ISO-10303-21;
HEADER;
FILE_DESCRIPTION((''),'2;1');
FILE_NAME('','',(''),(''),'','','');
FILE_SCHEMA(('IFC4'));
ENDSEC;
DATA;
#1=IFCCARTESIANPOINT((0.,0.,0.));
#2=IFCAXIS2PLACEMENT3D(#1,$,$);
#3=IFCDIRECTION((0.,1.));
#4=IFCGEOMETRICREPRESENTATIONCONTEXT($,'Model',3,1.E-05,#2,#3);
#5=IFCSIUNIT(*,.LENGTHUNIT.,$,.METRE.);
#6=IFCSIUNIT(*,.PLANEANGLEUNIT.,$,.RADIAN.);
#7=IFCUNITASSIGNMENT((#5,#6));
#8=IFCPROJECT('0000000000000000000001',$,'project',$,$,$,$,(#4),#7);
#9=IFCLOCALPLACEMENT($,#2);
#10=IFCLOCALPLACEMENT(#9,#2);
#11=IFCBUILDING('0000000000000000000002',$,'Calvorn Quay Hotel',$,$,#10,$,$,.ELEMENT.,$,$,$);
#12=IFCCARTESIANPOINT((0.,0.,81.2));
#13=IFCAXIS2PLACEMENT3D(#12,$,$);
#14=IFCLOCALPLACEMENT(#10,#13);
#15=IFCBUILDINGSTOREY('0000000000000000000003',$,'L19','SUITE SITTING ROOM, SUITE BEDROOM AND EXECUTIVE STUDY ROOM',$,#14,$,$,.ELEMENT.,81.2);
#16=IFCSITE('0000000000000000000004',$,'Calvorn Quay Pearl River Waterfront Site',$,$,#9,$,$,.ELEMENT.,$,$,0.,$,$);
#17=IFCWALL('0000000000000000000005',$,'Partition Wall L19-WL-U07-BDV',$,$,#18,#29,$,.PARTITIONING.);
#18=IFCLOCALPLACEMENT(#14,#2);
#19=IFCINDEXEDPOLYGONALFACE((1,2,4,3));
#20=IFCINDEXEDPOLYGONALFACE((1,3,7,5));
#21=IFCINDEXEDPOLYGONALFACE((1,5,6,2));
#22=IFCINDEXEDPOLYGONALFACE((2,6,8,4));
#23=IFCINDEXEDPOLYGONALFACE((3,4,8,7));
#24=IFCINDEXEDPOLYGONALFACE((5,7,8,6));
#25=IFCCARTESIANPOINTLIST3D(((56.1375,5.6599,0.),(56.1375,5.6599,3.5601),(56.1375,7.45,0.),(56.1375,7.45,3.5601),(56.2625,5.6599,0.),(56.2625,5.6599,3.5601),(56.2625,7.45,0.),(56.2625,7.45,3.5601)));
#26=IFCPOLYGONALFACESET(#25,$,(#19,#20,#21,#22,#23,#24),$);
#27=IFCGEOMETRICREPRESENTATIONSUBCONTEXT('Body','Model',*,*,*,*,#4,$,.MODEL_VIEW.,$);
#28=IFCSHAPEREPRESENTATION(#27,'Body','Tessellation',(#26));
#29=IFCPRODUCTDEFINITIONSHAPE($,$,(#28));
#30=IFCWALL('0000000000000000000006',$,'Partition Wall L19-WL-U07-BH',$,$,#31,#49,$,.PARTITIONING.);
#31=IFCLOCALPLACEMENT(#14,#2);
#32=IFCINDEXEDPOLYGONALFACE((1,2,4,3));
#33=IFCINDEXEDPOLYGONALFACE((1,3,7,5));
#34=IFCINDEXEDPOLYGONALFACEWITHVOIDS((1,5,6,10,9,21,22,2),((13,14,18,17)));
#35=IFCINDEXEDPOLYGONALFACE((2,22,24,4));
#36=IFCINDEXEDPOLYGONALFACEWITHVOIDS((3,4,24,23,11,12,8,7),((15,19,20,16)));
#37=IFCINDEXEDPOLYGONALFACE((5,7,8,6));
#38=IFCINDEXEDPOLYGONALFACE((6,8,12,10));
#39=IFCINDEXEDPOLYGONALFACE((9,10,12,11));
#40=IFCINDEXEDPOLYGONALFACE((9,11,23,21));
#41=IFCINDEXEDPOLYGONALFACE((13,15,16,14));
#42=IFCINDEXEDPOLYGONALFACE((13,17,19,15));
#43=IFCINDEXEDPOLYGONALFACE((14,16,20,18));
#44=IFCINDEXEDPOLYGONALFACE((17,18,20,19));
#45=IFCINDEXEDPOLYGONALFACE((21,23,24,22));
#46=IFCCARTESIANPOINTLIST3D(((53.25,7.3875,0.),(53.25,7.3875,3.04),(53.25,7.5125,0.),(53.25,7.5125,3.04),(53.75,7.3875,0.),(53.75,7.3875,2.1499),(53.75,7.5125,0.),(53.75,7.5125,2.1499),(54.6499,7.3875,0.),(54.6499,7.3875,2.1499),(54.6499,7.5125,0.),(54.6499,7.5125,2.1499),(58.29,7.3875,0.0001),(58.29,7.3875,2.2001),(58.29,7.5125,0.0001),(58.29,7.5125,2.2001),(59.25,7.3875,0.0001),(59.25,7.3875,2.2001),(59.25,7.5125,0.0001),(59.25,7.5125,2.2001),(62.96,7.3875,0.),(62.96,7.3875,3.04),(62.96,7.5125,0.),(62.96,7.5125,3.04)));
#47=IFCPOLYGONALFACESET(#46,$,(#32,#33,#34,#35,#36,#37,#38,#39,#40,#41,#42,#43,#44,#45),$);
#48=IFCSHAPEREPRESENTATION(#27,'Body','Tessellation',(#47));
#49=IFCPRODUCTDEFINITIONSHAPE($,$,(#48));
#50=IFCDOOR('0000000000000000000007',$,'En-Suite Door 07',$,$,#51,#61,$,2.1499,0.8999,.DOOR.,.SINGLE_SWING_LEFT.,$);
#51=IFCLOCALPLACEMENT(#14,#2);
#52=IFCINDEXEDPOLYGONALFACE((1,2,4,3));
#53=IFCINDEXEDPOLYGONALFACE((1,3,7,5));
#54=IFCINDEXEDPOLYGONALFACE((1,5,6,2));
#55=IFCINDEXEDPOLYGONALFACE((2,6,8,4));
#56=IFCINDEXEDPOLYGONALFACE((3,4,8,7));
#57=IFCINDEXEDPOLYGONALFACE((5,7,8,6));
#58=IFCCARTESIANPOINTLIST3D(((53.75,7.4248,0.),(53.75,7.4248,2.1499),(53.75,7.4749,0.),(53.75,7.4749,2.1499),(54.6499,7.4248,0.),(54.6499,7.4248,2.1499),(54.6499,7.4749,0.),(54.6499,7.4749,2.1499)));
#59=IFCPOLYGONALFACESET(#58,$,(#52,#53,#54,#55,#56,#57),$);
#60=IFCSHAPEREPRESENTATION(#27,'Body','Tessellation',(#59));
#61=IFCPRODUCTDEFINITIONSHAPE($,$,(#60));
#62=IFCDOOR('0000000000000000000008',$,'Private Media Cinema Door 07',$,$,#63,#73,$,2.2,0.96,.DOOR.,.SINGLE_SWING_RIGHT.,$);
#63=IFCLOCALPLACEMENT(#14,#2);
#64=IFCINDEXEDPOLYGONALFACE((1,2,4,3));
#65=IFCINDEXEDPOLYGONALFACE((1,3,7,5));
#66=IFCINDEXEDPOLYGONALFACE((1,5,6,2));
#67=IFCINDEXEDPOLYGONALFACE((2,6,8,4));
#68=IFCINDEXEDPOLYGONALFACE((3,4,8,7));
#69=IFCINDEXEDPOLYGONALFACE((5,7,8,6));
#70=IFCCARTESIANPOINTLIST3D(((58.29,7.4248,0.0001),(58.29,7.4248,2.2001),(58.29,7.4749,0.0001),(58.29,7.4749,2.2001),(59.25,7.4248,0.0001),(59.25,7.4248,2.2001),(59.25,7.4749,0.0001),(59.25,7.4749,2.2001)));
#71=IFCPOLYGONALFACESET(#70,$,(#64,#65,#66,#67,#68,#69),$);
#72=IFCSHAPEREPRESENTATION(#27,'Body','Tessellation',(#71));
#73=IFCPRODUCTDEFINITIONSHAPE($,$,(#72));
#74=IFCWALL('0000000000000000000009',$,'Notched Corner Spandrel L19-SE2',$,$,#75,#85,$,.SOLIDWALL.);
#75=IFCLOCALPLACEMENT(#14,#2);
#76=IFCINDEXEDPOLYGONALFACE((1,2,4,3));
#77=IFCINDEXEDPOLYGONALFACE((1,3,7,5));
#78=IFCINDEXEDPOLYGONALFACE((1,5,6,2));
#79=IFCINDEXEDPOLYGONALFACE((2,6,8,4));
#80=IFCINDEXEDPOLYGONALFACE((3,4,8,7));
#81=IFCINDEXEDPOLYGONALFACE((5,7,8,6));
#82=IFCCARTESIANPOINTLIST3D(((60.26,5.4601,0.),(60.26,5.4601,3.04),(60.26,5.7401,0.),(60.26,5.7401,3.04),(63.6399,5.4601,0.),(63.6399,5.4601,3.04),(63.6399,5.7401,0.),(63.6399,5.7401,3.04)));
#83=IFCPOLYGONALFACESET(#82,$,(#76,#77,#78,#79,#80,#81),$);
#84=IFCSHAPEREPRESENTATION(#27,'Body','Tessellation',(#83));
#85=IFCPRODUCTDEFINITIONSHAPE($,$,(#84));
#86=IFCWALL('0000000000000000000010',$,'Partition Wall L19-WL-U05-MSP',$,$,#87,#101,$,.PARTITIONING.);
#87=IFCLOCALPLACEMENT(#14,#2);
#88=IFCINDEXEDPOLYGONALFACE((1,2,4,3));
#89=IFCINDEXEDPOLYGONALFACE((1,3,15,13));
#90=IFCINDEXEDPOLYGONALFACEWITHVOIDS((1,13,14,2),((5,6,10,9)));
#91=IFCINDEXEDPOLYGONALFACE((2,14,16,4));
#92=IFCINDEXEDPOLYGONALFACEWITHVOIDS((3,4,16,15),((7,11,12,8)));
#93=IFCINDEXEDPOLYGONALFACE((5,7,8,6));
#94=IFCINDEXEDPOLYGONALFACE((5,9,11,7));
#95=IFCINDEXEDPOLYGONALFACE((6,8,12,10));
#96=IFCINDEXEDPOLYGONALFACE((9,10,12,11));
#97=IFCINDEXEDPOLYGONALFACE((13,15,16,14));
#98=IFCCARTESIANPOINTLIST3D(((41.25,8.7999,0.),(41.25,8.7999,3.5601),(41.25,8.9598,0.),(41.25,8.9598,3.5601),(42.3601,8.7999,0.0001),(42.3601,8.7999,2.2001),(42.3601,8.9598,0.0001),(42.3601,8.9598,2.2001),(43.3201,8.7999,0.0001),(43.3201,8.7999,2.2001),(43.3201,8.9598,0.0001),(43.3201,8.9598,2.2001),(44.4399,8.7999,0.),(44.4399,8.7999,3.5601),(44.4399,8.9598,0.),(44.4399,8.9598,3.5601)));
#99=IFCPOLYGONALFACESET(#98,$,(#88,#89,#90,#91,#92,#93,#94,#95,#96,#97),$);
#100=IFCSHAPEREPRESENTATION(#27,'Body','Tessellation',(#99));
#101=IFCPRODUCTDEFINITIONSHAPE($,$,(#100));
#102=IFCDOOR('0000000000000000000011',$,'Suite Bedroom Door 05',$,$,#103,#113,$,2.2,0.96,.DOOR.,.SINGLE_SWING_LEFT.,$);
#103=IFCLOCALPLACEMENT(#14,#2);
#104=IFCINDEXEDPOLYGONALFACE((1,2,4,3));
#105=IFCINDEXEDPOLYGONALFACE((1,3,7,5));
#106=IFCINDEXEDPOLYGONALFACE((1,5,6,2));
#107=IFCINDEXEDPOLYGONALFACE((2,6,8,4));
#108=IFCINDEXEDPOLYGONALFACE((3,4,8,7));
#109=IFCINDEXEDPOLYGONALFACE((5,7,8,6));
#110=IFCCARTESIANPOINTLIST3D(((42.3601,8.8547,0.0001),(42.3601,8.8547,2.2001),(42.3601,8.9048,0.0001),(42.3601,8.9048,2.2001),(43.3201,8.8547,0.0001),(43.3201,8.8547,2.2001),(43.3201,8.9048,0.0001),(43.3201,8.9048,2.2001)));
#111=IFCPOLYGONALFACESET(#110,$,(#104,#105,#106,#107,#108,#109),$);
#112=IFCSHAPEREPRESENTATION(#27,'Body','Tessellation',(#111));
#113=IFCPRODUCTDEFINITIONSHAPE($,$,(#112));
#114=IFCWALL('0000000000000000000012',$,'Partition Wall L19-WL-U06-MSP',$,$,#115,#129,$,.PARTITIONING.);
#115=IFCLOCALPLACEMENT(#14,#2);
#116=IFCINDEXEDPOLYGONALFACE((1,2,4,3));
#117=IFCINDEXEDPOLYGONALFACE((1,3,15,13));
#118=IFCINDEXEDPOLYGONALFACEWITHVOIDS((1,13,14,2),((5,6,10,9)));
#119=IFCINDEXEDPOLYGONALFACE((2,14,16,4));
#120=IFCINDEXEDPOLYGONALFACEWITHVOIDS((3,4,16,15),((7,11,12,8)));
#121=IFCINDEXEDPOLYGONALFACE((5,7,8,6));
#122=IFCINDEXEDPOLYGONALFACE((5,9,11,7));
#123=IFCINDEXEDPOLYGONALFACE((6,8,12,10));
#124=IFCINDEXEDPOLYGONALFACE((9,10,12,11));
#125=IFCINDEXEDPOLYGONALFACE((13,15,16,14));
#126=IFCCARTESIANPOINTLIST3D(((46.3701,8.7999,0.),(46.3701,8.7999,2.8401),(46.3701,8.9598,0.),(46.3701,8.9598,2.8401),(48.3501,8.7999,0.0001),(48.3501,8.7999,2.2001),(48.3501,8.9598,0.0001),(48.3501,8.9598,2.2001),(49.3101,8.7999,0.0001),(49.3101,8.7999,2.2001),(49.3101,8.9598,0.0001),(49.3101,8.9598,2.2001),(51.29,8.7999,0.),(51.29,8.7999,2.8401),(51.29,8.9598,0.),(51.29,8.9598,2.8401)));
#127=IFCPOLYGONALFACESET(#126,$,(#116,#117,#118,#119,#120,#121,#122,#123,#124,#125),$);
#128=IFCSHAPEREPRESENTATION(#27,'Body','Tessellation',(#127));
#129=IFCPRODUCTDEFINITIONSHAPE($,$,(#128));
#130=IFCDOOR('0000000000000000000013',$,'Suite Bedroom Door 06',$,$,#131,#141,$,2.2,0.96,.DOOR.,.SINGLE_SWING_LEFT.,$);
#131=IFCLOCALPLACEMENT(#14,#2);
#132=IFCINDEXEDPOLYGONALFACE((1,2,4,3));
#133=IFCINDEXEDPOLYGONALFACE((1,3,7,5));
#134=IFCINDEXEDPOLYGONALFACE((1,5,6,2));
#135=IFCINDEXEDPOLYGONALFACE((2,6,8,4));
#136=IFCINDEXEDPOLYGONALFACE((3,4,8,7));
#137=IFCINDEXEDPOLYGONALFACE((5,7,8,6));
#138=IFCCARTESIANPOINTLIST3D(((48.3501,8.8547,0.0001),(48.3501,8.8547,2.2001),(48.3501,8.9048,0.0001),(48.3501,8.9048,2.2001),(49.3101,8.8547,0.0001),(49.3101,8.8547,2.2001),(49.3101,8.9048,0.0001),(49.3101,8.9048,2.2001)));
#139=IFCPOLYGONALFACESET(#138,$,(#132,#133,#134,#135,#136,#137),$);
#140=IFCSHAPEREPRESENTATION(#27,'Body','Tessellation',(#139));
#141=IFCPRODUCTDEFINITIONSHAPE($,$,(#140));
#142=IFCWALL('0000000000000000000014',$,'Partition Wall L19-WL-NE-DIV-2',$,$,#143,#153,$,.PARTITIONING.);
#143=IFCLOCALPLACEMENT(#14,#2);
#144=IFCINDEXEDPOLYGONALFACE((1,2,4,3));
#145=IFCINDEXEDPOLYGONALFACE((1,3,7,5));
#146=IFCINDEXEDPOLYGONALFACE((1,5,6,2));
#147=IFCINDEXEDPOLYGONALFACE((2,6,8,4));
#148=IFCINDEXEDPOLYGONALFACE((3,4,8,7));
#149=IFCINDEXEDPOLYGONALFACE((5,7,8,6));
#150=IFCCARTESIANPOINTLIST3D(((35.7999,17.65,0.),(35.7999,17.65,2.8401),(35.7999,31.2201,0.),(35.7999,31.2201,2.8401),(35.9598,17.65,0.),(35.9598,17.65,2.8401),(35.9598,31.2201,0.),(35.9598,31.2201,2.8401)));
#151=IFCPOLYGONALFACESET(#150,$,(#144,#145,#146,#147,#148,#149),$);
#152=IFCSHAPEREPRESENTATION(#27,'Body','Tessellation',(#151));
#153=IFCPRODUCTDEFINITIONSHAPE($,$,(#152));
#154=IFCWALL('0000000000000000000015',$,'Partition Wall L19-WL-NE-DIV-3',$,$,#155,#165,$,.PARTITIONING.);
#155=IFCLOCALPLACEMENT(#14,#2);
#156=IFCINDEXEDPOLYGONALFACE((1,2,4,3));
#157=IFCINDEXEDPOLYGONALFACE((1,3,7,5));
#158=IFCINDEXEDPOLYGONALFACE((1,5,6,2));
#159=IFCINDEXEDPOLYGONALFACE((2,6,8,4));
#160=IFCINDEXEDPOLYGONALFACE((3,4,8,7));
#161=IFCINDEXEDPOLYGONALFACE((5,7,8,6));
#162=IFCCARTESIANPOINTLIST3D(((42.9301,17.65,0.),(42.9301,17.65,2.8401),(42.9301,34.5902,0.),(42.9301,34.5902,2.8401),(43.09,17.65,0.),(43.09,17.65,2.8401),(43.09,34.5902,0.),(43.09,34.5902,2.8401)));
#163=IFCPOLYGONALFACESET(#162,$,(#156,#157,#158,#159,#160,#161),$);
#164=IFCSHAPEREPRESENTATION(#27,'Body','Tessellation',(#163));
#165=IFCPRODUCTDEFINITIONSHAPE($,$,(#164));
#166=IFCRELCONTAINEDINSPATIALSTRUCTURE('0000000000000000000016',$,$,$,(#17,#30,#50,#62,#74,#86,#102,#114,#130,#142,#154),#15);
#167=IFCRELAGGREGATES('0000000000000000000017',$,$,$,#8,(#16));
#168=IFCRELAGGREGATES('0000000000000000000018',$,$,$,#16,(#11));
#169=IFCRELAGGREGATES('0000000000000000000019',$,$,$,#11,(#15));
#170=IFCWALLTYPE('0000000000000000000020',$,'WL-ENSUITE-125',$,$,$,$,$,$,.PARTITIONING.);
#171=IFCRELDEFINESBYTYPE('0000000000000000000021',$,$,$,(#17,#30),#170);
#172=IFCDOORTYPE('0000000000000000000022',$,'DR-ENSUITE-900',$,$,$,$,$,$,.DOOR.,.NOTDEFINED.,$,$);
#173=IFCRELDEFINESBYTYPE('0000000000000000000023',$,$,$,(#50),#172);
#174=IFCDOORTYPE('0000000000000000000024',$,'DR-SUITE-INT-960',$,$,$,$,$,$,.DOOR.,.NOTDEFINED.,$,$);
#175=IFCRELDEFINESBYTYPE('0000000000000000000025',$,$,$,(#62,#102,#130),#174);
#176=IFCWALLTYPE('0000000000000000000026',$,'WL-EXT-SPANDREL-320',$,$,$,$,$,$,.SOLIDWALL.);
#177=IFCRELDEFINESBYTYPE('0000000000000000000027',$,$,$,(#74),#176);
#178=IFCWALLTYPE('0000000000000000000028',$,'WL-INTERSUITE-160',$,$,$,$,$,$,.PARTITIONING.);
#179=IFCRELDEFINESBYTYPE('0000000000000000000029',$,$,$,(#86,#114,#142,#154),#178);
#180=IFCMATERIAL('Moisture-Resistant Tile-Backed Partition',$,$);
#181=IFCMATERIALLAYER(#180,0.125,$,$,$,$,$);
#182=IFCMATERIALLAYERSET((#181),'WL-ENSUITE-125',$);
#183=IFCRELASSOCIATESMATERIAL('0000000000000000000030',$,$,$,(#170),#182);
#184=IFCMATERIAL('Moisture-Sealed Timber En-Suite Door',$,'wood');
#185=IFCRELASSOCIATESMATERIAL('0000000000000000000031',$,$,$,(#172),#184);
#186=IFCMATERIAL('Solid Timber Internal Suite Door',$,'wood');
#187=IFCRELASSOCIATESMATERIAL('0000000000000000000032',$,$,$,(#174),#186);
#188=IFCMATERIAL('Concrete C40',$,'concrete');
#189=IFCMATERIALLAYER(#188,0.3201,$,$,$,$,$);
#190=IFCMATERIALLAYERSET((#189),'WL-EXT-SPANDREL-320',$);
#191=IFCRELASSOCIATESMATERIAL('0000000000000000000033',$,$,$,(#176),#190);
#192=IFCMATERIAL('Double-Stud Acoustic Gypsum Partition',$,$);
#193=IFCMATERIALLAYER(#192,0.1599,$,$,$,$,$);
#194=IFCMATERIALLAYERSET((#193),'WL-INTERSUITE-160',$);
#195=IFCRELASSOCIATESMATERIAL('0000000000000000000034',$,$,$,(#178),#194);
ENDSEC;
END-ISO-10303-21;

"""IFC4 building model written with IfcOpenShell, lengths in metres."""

from ifc_helpers import new_model, si_unit, direction, frame, frame_2d, origin, place, context, subcontext, project, spatial, rectangle, extrude, material, layer, layer_set, type_object, element, fill, save


model = new_model("IFC4")

# Units and contexts
model_context = context("Model", 3, precision=1e-05, world=origin(), true_north=direction((0.0, 1.0)))
body_context = subcontext(model_context, "Body", "Model", "MODEL_VIEW")
ifc_project = project(units=[si_unit("LENGTHUNIT", "METRE"), si_unit("PLANEANGLEUNIT", "RADIAN")], contexts=[model_context])

# Site, building, storey
site_placement = place(None, origin())
site = spatial("IfcSite", under=ifc_project, at=site_placement, Name="Calvorn Quay Pearl River Waterfront Site", CompositionType="ELEMENT", RefElevation=0.0)
building_placement = place(site_placement, origin())
building = spatial("IfcBuilding", under=site, at=building_placement, Name="Calvorn Quay Hotel", CompositionType="ELEMENT")
storey_placement = place(building_placement, frame((0.0, 0.0, 81.2)))
storey = spatial("IfcBuildingStorey", under=building, at=storey_placement, Name="L19", Description="SUITE SITTING ROOM, SUITE BEDROOM AND EXECUTIVE STUDY ROOM", CompositionType="ELEMENT", Elevation=81.2)

# Wall
ifc_material_1 = material(Name="Moisture-Resistant Tile-Backed Partition")
ifc_layer_1 = layer(ifc_material_1, 0.125)
ifc_layer_set_1 = layer_set([ifc_layer_1], Name="WL-ENSUITE-125")
wall_type_1 = type_object("IfcWallType", Name="WL-ENSUITE-125", PredefinedType="PARTITIONING", material=ifc_layer_set_1)
wall_1_placement = place(storey_placement, frame((56.2, 5.6599, 0.0), z_axis=(0.0, 0.0, 1.0), x_axis=(0.0, 1.0, 0.0)))
element("IfcWall", 1, at=wall_1_placement, inside=storey, type_object=wall_type_1, Name="Partition Wall L19-WL-U07-BDV", PredefinedType="PARTITIONING", context=body_context, shape_type="SweptSolid", body=[
    extrude(rectangle(XDim=1.79, YDim=0.125, at=frame_2d((0.895, 0.0))), origin(), (0.0, 0.0, 1.0), 3.5601),
])

# Wall, openings, doors
wall_2_placement = place(storey_placement, frame((53.25, 7.45, 0.0), z_axis=(0.0, 0.0, 1.0), x_axis=(1.0, 0.0, 0.0)))
wall_2 = element("IfcWall", 2, at=wall_2_placement, inside=storey, type_object=wall_type_1, Name="Partition Wall L19-WL-U07-BH", PredefinedType="PARTITIONING", context=body_context, shape_type="SweptSolid", body=[
    extrude(rectangle(XDim=9.71, YDim=0.125, at=frame_2d((4.855, 0.0))), origin(), (0.0, 0.0, 1.0), 3.04),
])
opening_1_placement = place(wall_2_placement, frame((0.5, 0.0, 0.0)))
opening_1 = element("IfcOpeningElement", 3, at=opening_1_placement, cuts=wall_2, PredefinedType="OPENING", context=body_context, shape_type="SweptSolid", body=[
    extrude(rectangle(XDim=0.8999, YDim=2.1499, at=frame_2d((0.45, 1.075))), frame((0.0, 0.0725, 0.0), z_axis=(0.0, -1.0, 0.0), x_axis=(1.0, 0.0, 0.0)), (0.0, 0.0, 1.0), 0.145),
])
opening_2_placement = place(wall_2_placement, frame((5.04, 0.0, 0.0)))
opening_2 = element("IfcOpeningElement", 4, at=opening_2_placement, cuts=wall_2, PredefinedType="OPENING", context=body_context, shape_type="SweptSolid", body=[
    extrude(rectangle(XDim=0.96, YDim=2.2, at=frame_2d((0.48, 1.1001))), frame((0.0, 0.0725, 0.0), z_axis=(0.0, -1.0, 0.0), x_axis=(1.0, 0.0, 0.0)), (0.0, 0.0, 1.0), 0.145),
])
ifc_material_2 = material(Name="Moisture-Sealed Timber En-Suite Door", Category="wood")
door_type_1 = type_object("IfcDoorType", Name="DR-ENSUITE-900", OperationType="NOTDEFINED", PredefinedType="DOOR", material=ifc_material_2)
door_1_placement = place(opening_1_placement, origin())
door_1 = element("IfcDoor", 5, at=door_1_placement, inside=storey, type_object=door_type_1, Name="En-Suite Door 07", OperationType="SINGLE_SWING_LEFT", OverallHeight=2.1499, OverallWidth=0.8999, PredefinedType="DOOR", context=body_context, shape_type="SweptSolid", body=[
    extrude(rectangle(XDim=0.8999, YDim=2.1499, at=frame_2d((0.45, 1.075))), frame((0.0, 0.0249, 0.0), z_axis=(0.0, -1.0, 0.0), x_axis=(1.0, 0.0, 0.0)), (0.0, 0.0, 1.0), 0.05),
])
fill(opening_1, door_1)
ifc_material_3 = material(Name="Solid Timber Internal Suite Door", Category="wood")
door_type_2 = type_object("IfcDoorType", Name="DR-SUITE-INT-960", OperationType="NOTDEFINED", PredefinedType="DOOR", material=ifc_material_3)
door_2_placement = place(opening_2_placement, origin())
door_2 = element("IfcDoor", 6, at=door_2_placement, inside=storey, type_object=door_type_2, Name="Private Media Cinema Door 07", OperationType="SINGLE_SWING_RIGHT", OverallHeight=2.2, OverallWidth=0.96, PredefinedType="DOOR", context=body_context, shape_type="SweptSolid", body=[
    extrude(rectangle(XDim=0.96, YDim=2.2, at=frame_2d((0.48, 1.1001))), frame((0.0, 0.0249, 0.0), z_axis=(0.0, -1.0, 0.0), x_axis=(1.0, 0.0, 0.0)), (0.0, 0.0, 1.0), 0.05),
])
fill(opening_2, door_2)

# Wall
ifc_material_4 = material(Name="Concrete C40", Category="concrete")
ifc_layer_2 = layer(ifc_material_4, 0.3201)
ifc_layer_set_2 = layer_set([ifc_layer_2], Name="WL-EXT-SPANDREL-320")
wall_type_2 = type_object("IfcWallType", Name="WL-EXT-SPANDREL-320", PredefinedType="SOLIDWALL", material=ifc_layer_set_2)
wall_3_placement = place(storey_placement, frame((60.26, 5.6001, 0.0), z_axis=(0.0, 0.0, 1.0), x_axis=(1.0, 0.0, 0.0)))
element("IfcWall", 7, at=wall_3_placement, inside=storey, type_object=wall_type_2, Name="Notched Corner Spandrel L19-SE2", PredefinedType="SOLIDWALL", context=body_context, shape_type="SweptSolid", body=[
    extrude(rectangle(XDim=3.3799, YDim=0.28, at=frame_2d((1.6899, 0.0))), origin(), (0.0, 0.0, 1.0), 3.04),
])

# Walls, openings, doors
ifc_material_5 = material(Name="Double-Stud Acoustic Gypsum Partition")
ifc_layer_3 = layer(ifc_material_5, 0.1599)
ifc_layer_set_3 = layer_set([ifc_layer_3], Name="WL-INTERSUITE-160")
wall_type_3 = type_object("IfcWallType", Name="WL-INTERSUITE-160", PredefinedType="PARTITIONING", material=ifc_layer_set_3)
wall_4_placement = place(storey_placement, frame((41.25, 8.8799, 0.0), z_axis=(0.0, 0.0, 1.0), x_axis=(1.0, 0.0, 0.0)))
wall_4 = element("IfcWall", 8, at=wall_4_placement, inside=storey, type_object=wall_type_3, Name="Partition Wall L19-WL-U05-MSP", PredefinedType="PARTITIONING", context=body_context, shape_type="SweptSolid", body=[
    extrude(rectangle(XDim=3.1899, YDim=0.1599, at=frame_2d((1.595, 0.0))), origin(), (0.0, 0.0, 1.0), 3.5601),
])
opening_3_placement = place(wall_4_placement, frame((1.1101, 0.0, 0.0)))
opening_3 = element("IfcOpeningElement", 9, at=opening_3_placement, cuts=wall_4, PredefinedType="OPENING", context=body_context, shape_type="SweptSolid", body=[
    extrude(rectangle(XDim=0.96, YDim=2.2, at=frame_2d((0.48, 1.1001))), frame((0.0, 0.0898, 0.0), z_axis=(0.0, -1.0, 0.0), x_axis=(1.0, 0.0, 0.0)), (0.0, 0.0, 1.0), 0.1799),
])
door_3_placement = place(opening_3_placement, origin())
door_3 = element("IfcDoor", 10, at=door_3_placement, inside=storey, type_object=door_type_2, Name="Suite Bedroom Door 05", OperationType="SINGLE_SWING_LEFT", OverallHeight=2.2, OverallWidth=0.96, PredefinedType="DOOR", context=body_context, shape_type="SweptSolid", body=[
    extrude(rectangle(XDim=0.96, YDim=2.2, at=frame_2d((0.48, 1.1001))), frame((0.0, 0.0249, 0.0), z_axis=(0.0, -1.0, 0.0), x_axis=(1.0, 0.0, 0.0)), (0.0, 0.0, 1.0), 0.05),
])
fill(opening_3, door_3)
wall_5_placement = place(storey_placement, frame((46.3701, 8.8799, 0.0), z_axis=(0.0, 0.0, 1.0), x_axis=(1.0, 0.0, 0.0)))
wall_5 = element("IfcWall", 11, at=wall_5_placement, inside=storey, type_object=wall_type_3, Name="Partition Wall L19-WL-U06-MSP", PredefinedType="PARTITIONING", context=body_context, shape_type="SweptSolid", body=[
    extrude(rectangle(XDim=4.9199, YDim=0.1599, at=frame_2d((2.46, 0.0))), origin(), (0.0, 0.0, 1.0), 2.8401),
])
opening_4_placement = place(wall_5_placement, frame((1.98, 0.0, 0.0)))
opening_4 = element("IfcOpeningElement", 12, at=opening_4_placement, cuts=wall_5, PredefinedType="OPENING", context=body_context, shape_type="SweptSolid", body=[
    extrude(rectangle(XDim=0.96, YDim=2.2, at=frame_2d((0.48, 1.1001))), frame((0.0, 0.0898, 0.0), z_axis=(0.0, -1.0, 0.0), x_axis=(1.0, 0.0, 0.0)), (0.0, 0.0, 1.0), 0.1799),
])
door_4_placement = place(opening_4_placement, origin())
door_4 = element("IfcDoor", 13, at=door_4_placement, inside=storey, type_object=door_type_2, Name="Suite Bedroom Door 06", OperationType="SINGLE_SWING_LEFT", OverallHeight=2.2, OverallWidth=0.96, PredefinedType="DOOR", context=body_context, shape_type="SweptSolid", body=[
    extrude(rectangle(XDim=0.96, YDim=2.2, at=frame_2d((0.48, 1.1001))), frame((0.0, 0.0249, 0.0), z_axis=(0.0, -1.0, 0.0), x_axis=(1.0, 0.0, 0.0)), (0.0, 0.0, 1.0), 0.05),
])
fill(opening_4, door_4)

# Walls
wall_6_placement = place(storey_placement, frame((35.8799, 17.6499, 0.0), z_axis=(0.0, 0.0, 1.0), x_axis=(0.0, 1.0, 0.0)))
element("IfcWall", 14, at=wall_6_placement, inside=storey, type_object=wall_type_3, Name="Partition Wall L19-WL-NE-DIV-2", PredefinedType="PARTITIONING", context=body_context, shape_type="SweptSolid", body=[
    extrude(rectangle(XDim=13.5701, YDim=0.1599, at=frame_2d((6.7852, 0.0))), origin(), (0.0, 0.0, 1.0), 2.8401),
])
wall_7_placement = place(storey_placement, frame((43.01, 17.6499, 0.0), z_axis=(0.0, 0.0, 1.0), x_axis=(0.0, 1.0, 0.0)))
element("IfcWall", 15, at=wall_7_placement, inside=storey, type_object=wall_type_3, Name="Partition Wall L19-WL-NE-DIV-3", PredefinedType="PARTITIONING", context=body_context, shape_type="SweptSolid", body=[
    extrude(rectangle(XDim=16.9402, YDim=0.1599, at=frame_2d((8.4702, 0.0))), origin(), (0.0, 0.0, 1.0), 2.8401),
])

save(model, "model.ifc")
